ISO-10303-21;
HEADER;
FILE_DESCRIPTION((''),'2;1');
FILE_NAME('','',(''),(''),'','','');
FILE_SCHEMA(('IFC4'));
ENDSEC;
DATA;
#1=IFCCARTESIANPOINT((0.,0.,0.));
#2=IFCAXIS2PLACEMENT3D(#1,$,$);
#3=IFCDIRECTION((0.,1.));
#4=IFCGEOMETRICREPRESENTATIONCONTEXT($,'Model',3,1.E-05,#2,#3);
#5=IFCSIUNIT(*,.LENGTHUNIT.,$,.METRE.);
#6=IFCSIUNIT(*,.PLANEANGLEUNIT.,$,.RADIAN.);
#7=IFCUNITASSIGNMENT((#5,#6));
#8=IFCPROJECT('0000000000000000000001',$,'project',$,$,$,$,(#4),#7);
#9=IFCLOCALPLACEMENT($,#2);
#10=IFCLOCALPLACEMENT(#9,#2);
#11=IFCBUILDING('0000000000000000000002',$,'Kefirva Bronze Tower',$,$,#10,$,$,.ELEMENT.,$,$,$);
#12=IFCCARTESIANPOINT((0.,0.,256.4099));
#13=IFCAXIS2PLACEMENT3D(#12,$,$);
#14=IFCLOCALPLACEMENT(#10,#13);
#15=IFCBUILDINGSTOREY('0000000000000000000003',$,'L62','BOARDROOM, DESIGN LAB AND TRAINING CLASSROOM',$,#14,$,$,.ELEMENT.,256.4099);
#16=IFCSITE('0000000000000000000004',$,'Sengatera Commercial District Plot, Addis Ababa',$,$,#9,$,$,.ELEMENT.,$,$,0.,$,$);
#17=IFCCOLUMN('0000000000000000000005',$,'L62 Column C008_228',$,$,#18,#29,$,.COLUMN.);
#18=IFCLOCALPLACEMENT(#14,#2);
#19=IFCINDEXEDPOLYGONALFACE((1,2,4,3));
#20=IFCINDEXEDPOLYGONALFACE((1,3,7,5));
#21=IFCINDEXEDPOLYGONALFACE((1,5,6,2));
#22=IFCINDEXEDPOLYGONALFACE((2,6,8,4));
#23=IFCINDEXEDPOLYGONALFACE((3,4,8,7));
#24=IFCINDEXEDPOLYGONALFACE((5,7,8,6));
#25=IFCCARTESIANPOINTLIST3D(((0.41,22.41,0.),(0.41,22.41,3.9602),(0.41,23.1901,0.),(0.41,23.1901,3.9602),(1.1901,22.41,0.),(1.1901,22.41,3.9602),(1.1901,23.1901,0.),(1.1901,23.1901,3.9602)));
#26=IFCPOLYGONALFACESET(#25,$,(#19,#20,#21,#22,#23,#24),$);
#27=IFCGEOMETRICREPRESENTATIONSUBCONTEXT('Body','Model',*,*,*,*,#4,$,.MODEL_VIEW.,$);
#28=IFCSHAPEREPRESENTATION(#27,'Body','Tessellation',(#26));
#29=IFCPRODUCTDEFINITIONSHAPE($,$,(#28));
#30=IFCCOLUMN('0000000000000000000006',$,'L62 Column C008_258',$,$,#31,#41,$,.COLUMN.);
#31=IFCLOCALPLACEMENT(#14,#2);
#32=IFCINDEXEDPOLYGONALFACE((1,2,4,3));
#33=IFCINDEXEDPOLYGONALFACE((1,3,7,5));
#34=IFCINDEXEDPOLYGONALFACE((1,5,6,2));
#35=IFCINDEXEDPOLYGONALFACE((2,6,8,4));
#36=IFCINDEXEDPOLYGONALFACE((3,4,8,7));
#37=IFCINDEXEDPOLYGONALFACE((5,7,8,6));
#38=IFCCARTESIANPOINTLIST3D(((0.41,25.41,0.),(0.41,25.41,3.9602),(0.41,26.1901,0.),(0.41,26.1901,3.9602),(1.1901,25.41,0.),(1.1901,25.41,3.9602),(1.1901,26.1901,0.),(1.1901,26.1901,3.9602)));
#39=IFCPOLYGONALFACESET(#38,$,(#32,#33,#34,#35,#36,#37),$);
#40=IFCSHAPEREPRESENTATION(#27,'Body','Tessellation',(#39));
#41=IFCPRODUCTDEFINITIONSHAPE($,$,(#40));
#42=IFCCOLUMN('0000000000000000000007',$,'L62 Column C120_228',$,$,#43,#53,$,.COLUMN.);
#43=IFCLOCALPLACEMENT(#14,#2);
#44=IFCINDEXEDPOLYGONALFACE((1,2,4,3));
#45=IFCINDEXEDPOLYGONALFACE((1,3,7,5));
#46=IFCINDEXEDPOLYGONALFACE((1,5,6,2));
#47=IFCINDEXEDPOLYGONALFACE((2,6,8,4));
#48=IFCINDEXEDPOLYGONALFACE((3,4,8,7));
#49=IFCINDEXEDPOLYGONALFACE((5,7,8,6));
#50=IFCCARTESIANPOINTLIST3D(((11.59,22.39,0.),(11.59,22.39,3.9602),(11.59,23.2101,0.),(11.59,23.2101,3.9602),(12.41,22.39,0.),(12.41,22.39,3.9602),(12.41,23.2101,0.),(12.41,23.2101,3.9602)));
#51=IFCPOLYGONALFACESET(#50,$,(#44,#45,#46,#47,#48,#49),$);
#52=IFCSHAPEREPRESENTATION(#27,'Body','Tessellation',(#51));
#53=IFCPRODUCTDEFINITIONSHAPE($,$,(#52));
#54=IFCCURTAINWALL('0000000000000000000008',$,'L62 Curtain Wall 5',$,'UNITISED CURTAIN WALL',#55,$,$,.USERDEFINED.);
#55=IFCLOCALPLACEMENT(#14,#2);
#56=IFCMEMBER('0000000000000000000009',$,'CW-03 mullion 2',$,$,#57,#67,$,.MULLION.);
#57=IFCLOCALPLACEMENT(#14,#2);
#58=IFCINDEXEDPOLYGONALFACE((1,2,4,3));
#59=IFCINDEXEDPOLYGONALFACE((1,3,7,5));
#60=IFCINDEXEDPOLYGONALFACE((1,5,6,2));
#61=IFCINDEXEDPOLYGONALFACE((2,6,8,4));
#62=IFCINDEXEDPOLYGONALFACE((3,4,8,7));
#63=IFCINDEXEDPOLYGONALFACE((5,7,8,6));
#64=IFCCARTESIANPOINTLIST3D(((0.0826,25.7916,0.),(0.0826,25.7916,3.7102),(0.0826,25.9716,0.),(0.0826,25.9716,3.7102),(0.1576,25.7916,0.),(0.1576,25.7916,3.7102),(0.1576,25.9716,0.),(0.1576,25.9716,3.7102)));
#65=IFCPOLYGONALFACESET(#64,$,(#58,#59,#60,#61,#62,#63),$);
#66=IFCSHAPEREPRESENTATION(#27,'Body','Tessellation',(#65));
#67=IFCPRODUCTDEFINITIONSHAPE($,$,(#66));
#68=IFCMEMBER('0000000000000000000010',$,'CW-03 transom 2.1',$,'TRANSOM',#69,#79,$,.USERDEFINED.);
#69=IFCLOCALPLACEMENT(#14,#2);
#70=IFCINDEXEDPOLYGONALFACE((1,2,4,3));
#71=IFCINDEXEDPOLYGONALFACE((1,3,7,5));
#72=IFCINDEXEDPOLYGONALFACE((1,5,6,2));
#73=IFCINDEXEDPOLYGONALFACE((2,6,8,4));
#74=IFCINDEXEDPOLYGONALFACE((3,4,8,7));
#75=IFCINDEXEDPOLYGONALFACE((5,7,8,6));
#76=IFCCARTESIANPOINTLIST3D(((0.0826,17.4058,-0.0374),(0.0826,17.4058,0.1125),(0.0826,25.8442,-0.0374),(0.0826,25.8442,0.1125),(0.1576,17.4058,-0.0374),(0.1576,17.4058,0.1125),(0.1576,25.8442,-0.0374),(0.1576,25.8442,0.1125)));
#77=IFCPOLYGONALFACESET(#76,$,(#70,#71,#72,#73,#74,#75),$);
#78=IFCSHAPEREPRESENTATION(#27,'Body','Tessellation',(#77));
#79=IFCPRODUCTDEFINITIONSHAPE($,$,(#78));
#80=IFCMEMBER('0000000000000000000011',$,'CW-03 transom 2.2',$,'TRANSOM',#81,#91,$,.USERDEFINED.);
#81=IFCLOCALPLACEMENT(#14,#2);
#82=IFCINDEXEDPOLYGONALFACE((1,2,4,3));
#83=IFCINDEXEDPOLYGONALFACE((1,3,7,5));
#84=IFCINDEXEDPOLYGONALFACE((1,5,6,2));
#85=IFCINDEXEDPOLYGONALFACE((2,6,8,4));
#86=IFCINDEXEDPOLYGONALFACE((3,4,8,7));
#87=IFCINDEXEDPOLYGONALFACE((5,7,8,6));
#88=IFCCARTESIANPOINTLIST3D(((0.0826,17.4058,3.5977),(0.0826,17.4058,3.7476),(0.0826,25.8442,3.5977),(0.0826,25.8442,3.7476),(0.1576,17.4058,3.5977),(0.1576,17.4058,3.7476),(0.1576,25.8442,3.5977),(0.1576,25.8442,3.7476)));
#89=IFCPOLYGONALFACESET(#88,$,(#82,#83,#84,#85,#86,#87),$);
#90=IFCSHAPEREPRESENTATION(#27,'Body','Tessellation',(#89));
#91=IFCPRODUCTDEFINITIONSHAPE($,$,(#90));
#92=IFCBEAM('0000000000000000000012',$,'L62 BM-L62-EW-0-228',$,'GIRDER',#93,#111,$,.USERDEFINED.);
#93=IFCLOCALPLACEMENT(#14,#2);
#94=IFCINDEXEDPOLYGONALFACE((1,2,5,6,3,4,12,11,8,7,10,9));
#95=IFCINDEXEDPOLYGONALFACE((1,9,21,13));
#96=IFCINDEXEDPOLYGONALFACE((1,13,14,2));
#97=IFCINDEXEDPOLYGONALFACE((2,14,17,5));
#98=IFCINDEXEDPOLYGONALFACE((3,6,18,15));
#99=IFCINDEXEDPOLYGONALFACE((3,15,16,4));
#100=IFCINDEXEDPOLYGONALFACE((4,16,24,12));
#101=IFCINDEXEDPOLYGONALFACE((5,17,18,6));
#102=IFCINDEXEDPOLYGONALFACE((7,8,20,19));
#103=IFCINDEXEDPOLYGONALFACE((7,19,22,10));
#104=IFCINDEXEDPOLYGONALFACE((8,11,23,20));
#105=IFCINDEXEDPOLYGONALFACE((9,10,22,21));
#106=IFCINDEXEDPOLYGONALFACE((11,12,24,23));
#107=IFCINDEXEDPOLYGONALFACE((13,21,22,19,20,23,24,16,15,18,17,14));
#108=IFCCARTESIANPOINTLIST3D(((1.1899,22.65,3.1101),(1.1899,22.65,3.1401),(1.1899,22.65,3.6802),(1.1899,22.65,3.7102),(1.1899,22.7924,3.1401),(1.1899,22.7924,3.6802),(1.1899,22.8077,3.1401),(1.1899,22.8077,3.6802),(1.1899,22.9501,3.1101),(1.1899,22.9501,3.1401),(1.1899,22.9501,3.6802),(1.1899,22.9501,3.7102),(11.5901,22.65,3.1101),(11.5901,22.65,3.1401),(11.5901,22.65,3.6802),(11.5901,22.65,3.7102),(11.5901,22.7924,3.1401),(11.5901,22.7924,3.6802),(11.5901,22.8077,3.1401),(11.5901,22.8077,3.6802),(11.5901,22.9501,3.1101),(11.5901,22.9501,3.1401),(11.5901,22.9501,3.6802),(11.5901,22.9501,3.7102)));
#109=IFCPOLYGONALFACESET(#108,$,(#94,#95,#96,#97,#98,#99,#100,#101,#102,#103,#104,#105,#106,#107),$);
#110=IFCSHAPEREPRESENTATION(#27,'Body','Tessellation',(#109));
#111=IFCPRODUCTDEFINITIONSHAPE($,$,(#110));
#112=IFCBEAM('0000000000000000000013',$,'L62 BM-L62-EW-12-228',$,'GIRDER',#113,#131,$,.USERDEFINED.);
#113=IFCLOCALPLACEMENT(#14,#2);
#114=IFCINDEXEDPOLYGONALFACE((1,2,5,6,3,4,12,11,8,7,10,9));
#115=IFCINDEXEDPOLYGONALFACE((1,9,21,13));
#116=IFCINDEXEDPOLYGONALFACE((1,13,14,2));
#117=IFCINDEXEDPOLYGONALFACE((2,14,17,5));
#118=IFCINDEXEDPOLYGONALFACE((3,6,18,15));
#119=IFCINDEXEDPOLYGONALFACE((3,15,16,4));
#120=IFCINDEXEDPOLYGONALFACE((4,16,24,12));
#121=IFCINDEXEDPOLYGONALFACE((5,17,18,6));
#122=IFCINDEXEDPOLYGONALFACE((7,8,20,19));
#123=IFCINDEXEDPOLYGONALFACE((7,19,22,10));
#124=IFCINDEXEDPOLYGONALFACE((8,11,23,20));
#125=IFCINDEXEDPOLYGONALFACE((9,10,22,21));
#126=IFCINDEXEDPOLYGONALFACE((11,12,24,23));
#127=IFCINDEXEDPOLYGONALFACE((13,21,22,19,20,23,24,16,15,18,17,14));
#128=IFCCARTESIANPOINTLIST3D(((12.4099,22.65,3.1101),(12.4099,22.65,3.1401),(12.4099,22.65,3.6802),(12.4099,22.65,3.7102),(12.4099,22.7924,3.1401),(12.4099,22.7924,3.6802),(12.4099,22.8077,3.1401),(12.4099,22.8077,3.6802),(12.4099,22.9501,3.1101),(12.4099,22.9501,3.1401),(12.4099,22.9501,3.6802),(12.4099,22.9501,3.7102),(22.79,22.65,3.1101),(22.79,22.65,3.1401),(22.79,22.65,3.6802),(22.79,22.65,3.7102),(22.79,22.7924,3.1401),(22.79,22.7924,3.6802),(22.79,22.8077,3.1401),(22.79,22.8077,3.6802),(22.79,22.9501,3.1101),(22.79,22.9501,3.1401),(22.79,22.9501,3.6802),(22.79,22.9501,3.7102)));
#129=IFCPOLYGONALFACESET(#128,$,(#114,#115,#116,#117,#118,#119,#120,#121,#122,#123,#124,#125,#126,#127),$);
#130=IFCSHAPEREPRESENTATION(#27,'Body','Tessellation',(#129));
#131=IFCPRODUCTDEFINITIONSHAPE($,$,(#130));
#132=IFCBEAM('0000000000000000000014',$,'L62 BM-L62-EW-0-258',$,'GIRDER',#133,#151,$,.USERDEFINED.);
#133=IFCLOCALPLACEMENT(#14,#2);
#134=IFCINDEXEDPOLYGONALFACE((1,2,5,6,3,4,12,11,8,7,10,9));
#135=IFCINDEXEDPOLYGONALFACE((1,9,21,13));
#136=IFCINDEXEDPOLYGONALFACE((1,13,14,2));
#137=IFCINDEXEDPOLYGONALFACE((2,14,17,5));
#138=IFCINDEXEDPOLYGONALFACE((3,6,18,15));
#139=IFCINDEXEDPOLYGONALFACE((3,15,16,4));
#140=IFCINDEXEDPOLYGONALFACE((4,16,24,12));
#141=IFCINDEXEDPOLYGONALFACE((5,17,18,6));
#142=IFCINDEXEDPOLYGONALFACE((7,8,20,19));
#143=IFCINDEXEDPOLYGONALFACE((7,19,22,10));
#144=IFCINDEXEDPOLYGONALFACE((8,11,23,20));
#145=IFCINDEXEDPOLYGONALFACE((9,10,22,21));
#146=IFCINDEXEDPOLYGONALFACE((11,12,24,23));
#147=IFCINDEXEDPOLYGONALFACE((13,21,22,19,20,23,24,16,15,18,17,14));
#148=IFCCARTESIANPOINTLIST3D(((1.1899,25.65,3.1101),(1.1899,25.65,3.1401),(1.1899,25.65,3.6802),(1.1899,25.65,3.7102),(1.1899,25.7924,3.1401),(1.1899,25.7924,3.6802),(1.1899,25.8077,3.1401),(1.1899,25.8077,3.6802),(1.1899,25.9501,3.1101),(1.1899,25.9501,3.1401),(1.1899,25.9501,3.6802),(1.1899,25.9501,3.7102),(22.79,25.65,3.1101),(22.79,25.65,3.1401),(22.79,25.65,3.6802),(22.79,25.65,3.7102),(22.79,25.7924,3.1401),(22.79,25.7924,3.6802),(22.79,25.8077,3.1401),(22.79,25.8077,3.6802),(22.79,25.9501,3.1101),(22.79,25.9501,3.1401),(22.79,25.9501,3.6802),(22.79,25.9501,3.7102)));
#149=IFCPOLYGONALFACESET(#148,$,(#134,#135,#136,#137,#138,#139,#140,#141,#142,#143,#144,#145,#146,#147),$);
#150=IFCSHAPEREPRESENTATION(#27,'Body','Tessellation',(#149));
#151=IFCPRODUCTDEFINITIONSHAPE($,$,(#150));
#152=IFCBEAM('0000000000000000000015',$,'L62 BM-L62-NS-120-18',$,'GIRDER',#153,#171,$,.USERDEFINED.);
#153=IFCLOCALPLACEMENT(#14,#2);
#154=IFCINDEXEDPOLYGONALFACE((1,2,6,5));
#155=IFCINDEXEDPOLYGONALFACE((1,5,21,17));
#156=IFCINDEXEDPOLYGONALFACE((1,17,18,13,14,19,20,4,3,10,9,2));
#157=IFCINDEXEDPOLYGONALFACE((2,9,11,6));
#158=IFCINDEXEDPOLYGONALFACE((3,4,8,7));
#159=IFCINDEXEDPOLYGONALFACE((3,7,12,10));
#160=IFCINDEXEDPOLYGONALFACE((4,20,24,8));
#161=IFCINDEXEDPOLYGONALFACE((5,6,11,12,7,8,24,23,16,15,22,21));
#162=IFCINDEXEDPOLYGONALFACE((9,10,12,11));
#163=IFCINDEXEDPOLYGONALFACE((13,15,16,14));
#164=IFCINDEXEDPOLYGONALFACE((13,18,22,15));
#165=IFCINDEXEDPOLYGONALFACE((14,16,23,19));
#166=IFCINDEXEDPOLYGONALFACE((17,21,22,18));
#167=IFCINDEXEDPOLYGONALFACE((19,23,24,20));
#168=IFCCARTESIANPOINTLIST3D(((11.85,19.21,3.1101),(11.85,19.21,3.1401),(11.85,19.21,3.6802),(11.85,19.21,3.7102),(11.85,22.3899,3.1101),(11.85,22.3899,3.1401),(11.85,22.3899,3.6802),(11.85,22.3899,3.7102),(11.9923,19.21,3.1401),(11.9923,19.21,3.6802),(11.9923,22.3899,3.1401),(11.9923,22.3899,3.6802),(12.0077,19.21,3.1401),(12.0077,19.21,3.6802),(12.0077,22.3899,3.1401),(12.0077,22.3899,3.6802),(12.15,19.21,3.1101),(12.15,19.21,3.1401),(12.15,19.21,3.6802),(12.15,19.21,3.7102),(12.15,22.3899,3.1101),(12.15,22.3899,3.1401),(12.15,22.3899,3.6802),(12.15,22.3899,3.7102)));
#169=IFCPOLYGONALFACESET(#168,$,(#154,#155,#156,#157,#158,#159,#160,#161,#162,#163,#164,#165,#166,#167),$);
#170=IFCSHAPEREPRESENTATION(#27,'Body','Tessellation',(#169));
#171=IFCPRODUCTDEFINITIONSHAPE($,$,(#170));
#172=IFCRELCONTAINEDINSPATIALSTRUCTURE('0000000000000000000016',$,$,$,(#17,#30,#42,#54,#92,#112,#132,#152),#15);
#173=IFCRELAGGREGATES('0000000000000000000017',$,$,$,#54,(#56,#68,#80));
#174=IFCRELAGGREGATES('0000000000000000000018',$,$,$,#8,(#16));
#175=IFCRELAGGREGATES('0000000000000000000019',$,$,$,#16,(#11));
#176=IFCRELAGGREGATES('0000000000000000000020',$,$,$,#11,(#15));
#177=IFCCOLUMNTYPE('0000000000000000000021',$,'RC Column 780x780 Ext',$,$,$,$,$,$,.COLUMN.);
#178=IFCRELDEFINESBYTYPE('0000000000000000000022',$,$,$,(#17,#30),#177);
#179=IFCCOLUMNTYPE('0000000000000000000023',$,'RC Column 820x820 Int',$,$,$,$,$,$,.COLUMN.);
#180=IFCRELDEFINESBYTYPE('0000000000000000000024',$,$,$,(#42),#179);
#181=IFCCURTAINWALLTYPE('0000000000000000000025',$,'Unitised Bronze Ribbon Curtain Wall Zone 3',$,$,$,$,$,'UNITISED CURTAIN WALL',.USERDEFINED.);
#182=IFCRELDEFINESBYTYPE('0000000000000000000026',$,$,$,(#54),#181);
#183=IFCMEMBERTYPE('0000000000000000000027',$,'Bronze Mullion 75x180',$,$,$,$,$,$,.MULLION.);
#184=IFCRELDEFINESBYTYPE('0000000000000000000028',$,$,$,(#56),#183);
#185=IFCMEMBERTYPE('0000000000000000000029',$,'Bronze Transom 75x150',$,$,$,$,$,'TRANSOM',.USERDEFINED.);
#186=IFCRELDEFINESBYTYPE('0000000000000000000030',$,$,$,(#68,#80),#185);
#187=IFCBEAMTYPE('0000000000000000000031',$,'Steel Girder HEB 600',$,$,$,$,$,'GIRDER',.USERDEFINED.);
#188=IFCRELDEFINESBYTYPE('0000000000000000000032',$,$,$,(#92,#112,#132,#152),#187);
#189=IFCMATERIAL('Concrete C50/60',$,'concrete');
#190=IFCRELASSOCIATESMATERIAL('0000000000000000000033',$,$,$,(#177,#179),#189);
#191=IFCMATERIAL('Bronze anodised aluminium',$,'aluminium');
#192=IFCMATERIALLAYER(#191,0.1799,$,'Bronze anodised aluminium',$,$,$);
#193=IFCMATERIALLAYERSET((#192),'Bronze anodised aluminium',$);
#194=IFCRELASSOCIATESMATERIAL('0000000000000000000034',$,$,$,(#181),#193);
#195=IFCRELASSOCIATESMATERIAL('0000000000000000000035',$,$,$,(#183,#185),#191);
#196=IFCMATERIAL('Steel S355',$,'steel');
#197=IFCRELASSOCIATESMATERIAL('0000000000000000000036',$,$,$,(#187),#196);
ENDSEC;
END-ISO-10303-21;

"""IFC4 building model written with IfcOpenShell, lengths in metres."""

from ifc_helpers import new_model, si_unit, direction, frame, origin, origin_2d, place, context, subcontext, project, spatial, rectangle, i_section, extrude, material, layer, layer_set, material_profile, profile_set, type_object, element, aggregate, save


model = new_model("IFC4")

# Units and contexts
model_context = context("Model", 3, precision=1e-05, world=origin(), true_north=direction((0.0, 1.0)))
body_context = subcontext(model_context, "Body", "Model", "MODEL_VIEW")
ifc_project = project(units=[si_unit("LENGTHUNIT", "METRE"), si_unit("PLANEANGLEUNIT", "RADIAN")], contexts=[model_context])

# Site, building, storey
site_placement = place(None, origin())
site = spatial("IfcSite", under=ifc_project, at=site_placement, Name="Sengatera Commercial District Plot, Addis Ababa", CompositionType="ELEMENT", RefElevation=0.0)
building_placement = place(site_placement, origin())
building = spatial("IfcBuilding", under=site, at=building_placement, Name="Kefirva Bronze Tower", CompositionType="ELEMENT")
storey_placement = place(building_placement, frame((0.0, 0.0, 256.4099)))
storey = spatial("IfcBuildingStorey", under=building, at=storey_placement, Name="L62", Description="BOARDROOM, DESIGN LAB AND TRAINING CLASSROOM", CompositionType="ELEMENT", Elevation=256.4099)

# Columns
ifc_material_1 = material(Name="Concrete C50/60", Category="concrete")
ifc_material_profile_1 = material_profile(ifc_material_1, rectangle(XDim=0.78, YDim=0.78, at=origin_2d()), Name="RC 780x780")
ifc_profile_set_1 = profile_set([ifc_material_profile_1], Name="Concrete C50/60")
column_type_1 = type_object("IfcColumnType", Name="RC Column 780x780 Ext", PredefinedType="COLUMN", material=ifc_profile_set_1)
for number, where, z_axis, x_axis, name in (
    (1, (0.8, 22.8, 0.0), (0.0, 0.0, 1.0), (1.0, 0.0, 0.0), "L62 Column C008_228"),
    (2, (0.8, 25.8, 0.0), (0.0, 0.0, 1.0), (1.0, 0.0, 0.0), "L62 Column C008_258"),
):
    element("IfcColumn", number, at=place(storey_placement, frame(where, z_axis=z_axis, x_axis=x_axis)), inside=storey, type_object=column_type_1, Name=name, PredefinedType="COLUMN", context=body_context, shape_type="SweptSolid", body=[
        extrude(rectangle(XDim=0.78, YDim=0.78, at=origin_2d()), origin(), (0.0, 0.0, 1.0), 3.9602),
    ])
ifc_material_profile_2 = material_profile(ifc_material_1, rectangle(XDim=0.8201, YDim=0.8201, at=origin_2d()), Name="RC 820x820")
ifc_profile_set_2 = profile_set([ifc_material_profile_2], Name="Concrete C50/60")
column_type_2 = type_object("IfcColumnType", Name="RC Column 820x820 Int", PredefinedType="COLUMN", material=ifc_profile_set_2)
column_placement = place(storey_placement, frame((12.0, 22.8, 0.0), z_axis=(0.0, 0.0, 1.0), x_axis=(1.0, 0.0, 0.0)))
element("IfcColumn", 3, at=column_placement, inside=storey, type_object=column_type_2, Name="L62 Column C120_228", PredefinedType="COLUMN", context=body_context, shape_type="SweptSolid", body=[
    extrude(rectangle(XDim=0.8201, YDim=0.8201, at=origin_2d()), origin(), (0.0, 0.0, 1.0), 3.9602),
])

# Curtain wall, members
ifc_material_2 = material(Name="Bronze anodised aluminium", Category="aluminium")
ifc_layer_1 = layer(ifc_material_2, 0.1799, Name="Bronze anodised aluminium")
ifc_layer_set_1 = layer_set([ifc_layer_1], Name="Bronze anodised aluminium")
curtain_wall_type = type_object("IfcCurtainWallType", Name="Unitised Bronze Ribbon Curtain Wall Zone 3", ElementType="UNITISED CURTAIN WALL", PredefinedType="USERDEFINED", material=ifc_layer_set_1)
curtain_wall_placement = place(storey_placement, origin())
curtain_wall = element("IfcCurtainWall", 4, at=curtain_wall_placement, inside=storey, type_object=curtain_wall_type, Name="L62 Curtain Wall 5", ObjectType="UNITISED CURTAIN WALL", PredefinedType="USERDEFINED")
ifc_material_profile_3 = material_profile(ifc_material_2, rectangle(XDim=0.075, YDim=0.1799, at=origin_2d()), Name="ALU 75x180")
ifc_profile_set_3 = profile_set([ifc_material_profile_3], Name="Bronze anodised aluminium")
member_type_1 = type_object("IfcMemberType", Name="Bronze Mullion 75x180", PredefinedType="MULLION", material=ifc_profile_set_3)
member_1_placement = place(storey_placement, frame((0.1201, 25.8816, 0.0), z_axis=(0.0, 0.0, 1.0), x_axis=(1.0, 0.0, 0.0)))
member_1 = element("IfcMember", 5, at=member_1_placement, type_object=member_type_1, Name="CW-03 mullion 2", PredefinedType="MULLION", context=body_context, shape_type="SweptSolid", body=[
    extrude(rectangle(XDim=0.075, YDim=0.1799, at=origin_2d()), origin(), (0.0, 0.0, 1.0), 3.7102),
])
ifc_material_profile_4 = material_profile(ifc_material_2, rectangle(XDim=0.075, YDim=0.1499, at=origin_2d()), Name="ALU 75x150")
ifc_profile_set_4 = profile_set([ifc_material_profile_4], Name="Bronze anodised aluminium")
member_type_2 = type_object("IfcMemberType", Name="Bronze Transom 75x150", ElementType="TRANSOM", PredefinedType="USERDEFINED", material=ifc_profile_set_4)
member_2_placement = place(storey_placement, frame((0.1201, 25.8442, 0.0376), z_axis=(0.0, -1.0, 0.0), x_axis=(1.0, 0.0, 0.0)))
member_2 = element("IfcMember", 6, at=member_2_placement, type_object=member_type_2, Name="CW-03 transom 2.1", ObjectType="TRANSOM", PredefinedType="USERDEFINED", context=body_context, shape_type="SweptSolid", body=[
    extrude(rectangle(XDim=0.075, YDim=0.1499, at=origin_2d()), origin(), (0.0, 0.0, 1.0), 8.4385),
])
member_3_placement = place(storey_placement, frame((0.1201, 25.8442, 3.6726), z_axis=(0.0, -1.0, 0.0), x_axis=(1.0, 0.0, 0.0)))
member_3 = element("IfcMember", 7, at=member_3_placement, type_object=member_type_2, Name="CW-03 transom 2.2", ObjectType="TRANSOM", PredefinedType="USERDEFINED", context=body_context, shape_type="SweptSolid", body=[
    extrude(rectangle(XDim=0.075, YDim=0.1499, at=origin_2d()), origin(), (0.0, 0.0, 1.0), 8.4385),
])

# Beams
ifc_material_3 = material(Name="Steel S355", Category="steel")
ifc_material_profile_5 = material_profile(ifc_material_3, i_section(OverallWidth=0.3, OverallDepth=0.6001, WebThickness=0.0154, FlangeThickness=0.03, at=origin_2d()), Name="HEB 600")
ifc_profile_set_5 = profile_set([ifc_material_profile_5], Name="Steel S355")
beam_type_1 = type_object("IfcBeamType", Name="Steel Girder HEB 600", ElementType="GIRDER", PredefinedType="USERDEFINED", material=ifc_profile_set_5)
beam_1_placement = place(storey_placement, frame((1.1899, 22.8, 3.4102), z_axis=(1.0, 0.0, 0.0), x_axis=(0.0, 1.0, 0.0)))
element("IfcBeam", 8, at=beam_1_placement, inside=storey, type_object=beam_type_1, Name="L62 BM-L62-EW-0-228", ObjectType="GIRDER", PredefinedType="USERDEFINED", context=body_context, shape_type="SweptSolid", body=[
    extrude(i_section(OverallWidth=0.3, OverallDepth=0.6001, WebThickness=0.0154, FlangeThickness=0.03, at=origin_2d()), origin(), (0.0, 0.0, 1.0), 10.4001),
])
beam_2_placement = place(storey_placement, frame((12.4099, 22.8, 3.4102), z_axis=(1.0, 0.0, 0.0), x_axis=(0.0, 1.0, 0.0)))
element("IfcBeam", 9, at=beam_2_placement, inside=storey, type_object=beam_type_1, Name="L62 BM-L62-EW-12-228", ObjectType="GIRDER", PredefinedType="USERDEFINED", context=body_context, shape_type="SweptSolid", body=[
    extrude(i_section(OverallWidth=0.3, OverallDepth=0.6001, WebThickness=0.0154, FlangeThickness=0.03, at=origin_2d()), origin(), (0.0, 0.0, 1.0), 10.3801),
])
beam_3_placement = place(storey_placement, frame((1.1899, 25.8, 3.4102), z_axis=(1.0, 0.0, 0.0), x_axis=(0.0, 1.0, 0.0)))
element("IfcBeam", 10, at=beam_3_placement, inside=storey, type_object=beam_type_1, Name="L62 BM-L62-EW-0-258", ObjectType="GIRDER", PredefinedType="USERDEFINED", context=body_context, shape_type="SweptSolid", body=[
    extrude(i_section(OverallWidth=0.3, OverallDepth=0.6001, WebThickness=0.0154, FlangeThickness=0.03, at=origin_2d()), origin(), (0.0, 0.0, 1.0), 21.6001),
])
beam_4_placement = place(storey_placement, frame((12.0, 19.21, 3.4102), z_axis=(0.0, 1.0, 0.0), x_axis=(-1.0, 0.0, 0.0)))
element("IfcBeam", 11, at=beam_4_placement, inside=storey, type_object=beam_type_1, Name="L62 BM-L62-NS-120-18", ObjectType="GIRDER", PredefinedType="USERDEFINED", context=body_context, shape_type="SweptSolid", body=[
    extrude(i_section(OverallWidth=0.3, OverallDepth=0.6001, WebThickness=0.0154, FlangeThickness=0.03, at=origin_2d()), origin(), (0.0, 0.0, 1.0), 3.1799),
])

aggregate(curtain_wall, [member_1, member_2, member_3])

save(model, "model.ifc")
